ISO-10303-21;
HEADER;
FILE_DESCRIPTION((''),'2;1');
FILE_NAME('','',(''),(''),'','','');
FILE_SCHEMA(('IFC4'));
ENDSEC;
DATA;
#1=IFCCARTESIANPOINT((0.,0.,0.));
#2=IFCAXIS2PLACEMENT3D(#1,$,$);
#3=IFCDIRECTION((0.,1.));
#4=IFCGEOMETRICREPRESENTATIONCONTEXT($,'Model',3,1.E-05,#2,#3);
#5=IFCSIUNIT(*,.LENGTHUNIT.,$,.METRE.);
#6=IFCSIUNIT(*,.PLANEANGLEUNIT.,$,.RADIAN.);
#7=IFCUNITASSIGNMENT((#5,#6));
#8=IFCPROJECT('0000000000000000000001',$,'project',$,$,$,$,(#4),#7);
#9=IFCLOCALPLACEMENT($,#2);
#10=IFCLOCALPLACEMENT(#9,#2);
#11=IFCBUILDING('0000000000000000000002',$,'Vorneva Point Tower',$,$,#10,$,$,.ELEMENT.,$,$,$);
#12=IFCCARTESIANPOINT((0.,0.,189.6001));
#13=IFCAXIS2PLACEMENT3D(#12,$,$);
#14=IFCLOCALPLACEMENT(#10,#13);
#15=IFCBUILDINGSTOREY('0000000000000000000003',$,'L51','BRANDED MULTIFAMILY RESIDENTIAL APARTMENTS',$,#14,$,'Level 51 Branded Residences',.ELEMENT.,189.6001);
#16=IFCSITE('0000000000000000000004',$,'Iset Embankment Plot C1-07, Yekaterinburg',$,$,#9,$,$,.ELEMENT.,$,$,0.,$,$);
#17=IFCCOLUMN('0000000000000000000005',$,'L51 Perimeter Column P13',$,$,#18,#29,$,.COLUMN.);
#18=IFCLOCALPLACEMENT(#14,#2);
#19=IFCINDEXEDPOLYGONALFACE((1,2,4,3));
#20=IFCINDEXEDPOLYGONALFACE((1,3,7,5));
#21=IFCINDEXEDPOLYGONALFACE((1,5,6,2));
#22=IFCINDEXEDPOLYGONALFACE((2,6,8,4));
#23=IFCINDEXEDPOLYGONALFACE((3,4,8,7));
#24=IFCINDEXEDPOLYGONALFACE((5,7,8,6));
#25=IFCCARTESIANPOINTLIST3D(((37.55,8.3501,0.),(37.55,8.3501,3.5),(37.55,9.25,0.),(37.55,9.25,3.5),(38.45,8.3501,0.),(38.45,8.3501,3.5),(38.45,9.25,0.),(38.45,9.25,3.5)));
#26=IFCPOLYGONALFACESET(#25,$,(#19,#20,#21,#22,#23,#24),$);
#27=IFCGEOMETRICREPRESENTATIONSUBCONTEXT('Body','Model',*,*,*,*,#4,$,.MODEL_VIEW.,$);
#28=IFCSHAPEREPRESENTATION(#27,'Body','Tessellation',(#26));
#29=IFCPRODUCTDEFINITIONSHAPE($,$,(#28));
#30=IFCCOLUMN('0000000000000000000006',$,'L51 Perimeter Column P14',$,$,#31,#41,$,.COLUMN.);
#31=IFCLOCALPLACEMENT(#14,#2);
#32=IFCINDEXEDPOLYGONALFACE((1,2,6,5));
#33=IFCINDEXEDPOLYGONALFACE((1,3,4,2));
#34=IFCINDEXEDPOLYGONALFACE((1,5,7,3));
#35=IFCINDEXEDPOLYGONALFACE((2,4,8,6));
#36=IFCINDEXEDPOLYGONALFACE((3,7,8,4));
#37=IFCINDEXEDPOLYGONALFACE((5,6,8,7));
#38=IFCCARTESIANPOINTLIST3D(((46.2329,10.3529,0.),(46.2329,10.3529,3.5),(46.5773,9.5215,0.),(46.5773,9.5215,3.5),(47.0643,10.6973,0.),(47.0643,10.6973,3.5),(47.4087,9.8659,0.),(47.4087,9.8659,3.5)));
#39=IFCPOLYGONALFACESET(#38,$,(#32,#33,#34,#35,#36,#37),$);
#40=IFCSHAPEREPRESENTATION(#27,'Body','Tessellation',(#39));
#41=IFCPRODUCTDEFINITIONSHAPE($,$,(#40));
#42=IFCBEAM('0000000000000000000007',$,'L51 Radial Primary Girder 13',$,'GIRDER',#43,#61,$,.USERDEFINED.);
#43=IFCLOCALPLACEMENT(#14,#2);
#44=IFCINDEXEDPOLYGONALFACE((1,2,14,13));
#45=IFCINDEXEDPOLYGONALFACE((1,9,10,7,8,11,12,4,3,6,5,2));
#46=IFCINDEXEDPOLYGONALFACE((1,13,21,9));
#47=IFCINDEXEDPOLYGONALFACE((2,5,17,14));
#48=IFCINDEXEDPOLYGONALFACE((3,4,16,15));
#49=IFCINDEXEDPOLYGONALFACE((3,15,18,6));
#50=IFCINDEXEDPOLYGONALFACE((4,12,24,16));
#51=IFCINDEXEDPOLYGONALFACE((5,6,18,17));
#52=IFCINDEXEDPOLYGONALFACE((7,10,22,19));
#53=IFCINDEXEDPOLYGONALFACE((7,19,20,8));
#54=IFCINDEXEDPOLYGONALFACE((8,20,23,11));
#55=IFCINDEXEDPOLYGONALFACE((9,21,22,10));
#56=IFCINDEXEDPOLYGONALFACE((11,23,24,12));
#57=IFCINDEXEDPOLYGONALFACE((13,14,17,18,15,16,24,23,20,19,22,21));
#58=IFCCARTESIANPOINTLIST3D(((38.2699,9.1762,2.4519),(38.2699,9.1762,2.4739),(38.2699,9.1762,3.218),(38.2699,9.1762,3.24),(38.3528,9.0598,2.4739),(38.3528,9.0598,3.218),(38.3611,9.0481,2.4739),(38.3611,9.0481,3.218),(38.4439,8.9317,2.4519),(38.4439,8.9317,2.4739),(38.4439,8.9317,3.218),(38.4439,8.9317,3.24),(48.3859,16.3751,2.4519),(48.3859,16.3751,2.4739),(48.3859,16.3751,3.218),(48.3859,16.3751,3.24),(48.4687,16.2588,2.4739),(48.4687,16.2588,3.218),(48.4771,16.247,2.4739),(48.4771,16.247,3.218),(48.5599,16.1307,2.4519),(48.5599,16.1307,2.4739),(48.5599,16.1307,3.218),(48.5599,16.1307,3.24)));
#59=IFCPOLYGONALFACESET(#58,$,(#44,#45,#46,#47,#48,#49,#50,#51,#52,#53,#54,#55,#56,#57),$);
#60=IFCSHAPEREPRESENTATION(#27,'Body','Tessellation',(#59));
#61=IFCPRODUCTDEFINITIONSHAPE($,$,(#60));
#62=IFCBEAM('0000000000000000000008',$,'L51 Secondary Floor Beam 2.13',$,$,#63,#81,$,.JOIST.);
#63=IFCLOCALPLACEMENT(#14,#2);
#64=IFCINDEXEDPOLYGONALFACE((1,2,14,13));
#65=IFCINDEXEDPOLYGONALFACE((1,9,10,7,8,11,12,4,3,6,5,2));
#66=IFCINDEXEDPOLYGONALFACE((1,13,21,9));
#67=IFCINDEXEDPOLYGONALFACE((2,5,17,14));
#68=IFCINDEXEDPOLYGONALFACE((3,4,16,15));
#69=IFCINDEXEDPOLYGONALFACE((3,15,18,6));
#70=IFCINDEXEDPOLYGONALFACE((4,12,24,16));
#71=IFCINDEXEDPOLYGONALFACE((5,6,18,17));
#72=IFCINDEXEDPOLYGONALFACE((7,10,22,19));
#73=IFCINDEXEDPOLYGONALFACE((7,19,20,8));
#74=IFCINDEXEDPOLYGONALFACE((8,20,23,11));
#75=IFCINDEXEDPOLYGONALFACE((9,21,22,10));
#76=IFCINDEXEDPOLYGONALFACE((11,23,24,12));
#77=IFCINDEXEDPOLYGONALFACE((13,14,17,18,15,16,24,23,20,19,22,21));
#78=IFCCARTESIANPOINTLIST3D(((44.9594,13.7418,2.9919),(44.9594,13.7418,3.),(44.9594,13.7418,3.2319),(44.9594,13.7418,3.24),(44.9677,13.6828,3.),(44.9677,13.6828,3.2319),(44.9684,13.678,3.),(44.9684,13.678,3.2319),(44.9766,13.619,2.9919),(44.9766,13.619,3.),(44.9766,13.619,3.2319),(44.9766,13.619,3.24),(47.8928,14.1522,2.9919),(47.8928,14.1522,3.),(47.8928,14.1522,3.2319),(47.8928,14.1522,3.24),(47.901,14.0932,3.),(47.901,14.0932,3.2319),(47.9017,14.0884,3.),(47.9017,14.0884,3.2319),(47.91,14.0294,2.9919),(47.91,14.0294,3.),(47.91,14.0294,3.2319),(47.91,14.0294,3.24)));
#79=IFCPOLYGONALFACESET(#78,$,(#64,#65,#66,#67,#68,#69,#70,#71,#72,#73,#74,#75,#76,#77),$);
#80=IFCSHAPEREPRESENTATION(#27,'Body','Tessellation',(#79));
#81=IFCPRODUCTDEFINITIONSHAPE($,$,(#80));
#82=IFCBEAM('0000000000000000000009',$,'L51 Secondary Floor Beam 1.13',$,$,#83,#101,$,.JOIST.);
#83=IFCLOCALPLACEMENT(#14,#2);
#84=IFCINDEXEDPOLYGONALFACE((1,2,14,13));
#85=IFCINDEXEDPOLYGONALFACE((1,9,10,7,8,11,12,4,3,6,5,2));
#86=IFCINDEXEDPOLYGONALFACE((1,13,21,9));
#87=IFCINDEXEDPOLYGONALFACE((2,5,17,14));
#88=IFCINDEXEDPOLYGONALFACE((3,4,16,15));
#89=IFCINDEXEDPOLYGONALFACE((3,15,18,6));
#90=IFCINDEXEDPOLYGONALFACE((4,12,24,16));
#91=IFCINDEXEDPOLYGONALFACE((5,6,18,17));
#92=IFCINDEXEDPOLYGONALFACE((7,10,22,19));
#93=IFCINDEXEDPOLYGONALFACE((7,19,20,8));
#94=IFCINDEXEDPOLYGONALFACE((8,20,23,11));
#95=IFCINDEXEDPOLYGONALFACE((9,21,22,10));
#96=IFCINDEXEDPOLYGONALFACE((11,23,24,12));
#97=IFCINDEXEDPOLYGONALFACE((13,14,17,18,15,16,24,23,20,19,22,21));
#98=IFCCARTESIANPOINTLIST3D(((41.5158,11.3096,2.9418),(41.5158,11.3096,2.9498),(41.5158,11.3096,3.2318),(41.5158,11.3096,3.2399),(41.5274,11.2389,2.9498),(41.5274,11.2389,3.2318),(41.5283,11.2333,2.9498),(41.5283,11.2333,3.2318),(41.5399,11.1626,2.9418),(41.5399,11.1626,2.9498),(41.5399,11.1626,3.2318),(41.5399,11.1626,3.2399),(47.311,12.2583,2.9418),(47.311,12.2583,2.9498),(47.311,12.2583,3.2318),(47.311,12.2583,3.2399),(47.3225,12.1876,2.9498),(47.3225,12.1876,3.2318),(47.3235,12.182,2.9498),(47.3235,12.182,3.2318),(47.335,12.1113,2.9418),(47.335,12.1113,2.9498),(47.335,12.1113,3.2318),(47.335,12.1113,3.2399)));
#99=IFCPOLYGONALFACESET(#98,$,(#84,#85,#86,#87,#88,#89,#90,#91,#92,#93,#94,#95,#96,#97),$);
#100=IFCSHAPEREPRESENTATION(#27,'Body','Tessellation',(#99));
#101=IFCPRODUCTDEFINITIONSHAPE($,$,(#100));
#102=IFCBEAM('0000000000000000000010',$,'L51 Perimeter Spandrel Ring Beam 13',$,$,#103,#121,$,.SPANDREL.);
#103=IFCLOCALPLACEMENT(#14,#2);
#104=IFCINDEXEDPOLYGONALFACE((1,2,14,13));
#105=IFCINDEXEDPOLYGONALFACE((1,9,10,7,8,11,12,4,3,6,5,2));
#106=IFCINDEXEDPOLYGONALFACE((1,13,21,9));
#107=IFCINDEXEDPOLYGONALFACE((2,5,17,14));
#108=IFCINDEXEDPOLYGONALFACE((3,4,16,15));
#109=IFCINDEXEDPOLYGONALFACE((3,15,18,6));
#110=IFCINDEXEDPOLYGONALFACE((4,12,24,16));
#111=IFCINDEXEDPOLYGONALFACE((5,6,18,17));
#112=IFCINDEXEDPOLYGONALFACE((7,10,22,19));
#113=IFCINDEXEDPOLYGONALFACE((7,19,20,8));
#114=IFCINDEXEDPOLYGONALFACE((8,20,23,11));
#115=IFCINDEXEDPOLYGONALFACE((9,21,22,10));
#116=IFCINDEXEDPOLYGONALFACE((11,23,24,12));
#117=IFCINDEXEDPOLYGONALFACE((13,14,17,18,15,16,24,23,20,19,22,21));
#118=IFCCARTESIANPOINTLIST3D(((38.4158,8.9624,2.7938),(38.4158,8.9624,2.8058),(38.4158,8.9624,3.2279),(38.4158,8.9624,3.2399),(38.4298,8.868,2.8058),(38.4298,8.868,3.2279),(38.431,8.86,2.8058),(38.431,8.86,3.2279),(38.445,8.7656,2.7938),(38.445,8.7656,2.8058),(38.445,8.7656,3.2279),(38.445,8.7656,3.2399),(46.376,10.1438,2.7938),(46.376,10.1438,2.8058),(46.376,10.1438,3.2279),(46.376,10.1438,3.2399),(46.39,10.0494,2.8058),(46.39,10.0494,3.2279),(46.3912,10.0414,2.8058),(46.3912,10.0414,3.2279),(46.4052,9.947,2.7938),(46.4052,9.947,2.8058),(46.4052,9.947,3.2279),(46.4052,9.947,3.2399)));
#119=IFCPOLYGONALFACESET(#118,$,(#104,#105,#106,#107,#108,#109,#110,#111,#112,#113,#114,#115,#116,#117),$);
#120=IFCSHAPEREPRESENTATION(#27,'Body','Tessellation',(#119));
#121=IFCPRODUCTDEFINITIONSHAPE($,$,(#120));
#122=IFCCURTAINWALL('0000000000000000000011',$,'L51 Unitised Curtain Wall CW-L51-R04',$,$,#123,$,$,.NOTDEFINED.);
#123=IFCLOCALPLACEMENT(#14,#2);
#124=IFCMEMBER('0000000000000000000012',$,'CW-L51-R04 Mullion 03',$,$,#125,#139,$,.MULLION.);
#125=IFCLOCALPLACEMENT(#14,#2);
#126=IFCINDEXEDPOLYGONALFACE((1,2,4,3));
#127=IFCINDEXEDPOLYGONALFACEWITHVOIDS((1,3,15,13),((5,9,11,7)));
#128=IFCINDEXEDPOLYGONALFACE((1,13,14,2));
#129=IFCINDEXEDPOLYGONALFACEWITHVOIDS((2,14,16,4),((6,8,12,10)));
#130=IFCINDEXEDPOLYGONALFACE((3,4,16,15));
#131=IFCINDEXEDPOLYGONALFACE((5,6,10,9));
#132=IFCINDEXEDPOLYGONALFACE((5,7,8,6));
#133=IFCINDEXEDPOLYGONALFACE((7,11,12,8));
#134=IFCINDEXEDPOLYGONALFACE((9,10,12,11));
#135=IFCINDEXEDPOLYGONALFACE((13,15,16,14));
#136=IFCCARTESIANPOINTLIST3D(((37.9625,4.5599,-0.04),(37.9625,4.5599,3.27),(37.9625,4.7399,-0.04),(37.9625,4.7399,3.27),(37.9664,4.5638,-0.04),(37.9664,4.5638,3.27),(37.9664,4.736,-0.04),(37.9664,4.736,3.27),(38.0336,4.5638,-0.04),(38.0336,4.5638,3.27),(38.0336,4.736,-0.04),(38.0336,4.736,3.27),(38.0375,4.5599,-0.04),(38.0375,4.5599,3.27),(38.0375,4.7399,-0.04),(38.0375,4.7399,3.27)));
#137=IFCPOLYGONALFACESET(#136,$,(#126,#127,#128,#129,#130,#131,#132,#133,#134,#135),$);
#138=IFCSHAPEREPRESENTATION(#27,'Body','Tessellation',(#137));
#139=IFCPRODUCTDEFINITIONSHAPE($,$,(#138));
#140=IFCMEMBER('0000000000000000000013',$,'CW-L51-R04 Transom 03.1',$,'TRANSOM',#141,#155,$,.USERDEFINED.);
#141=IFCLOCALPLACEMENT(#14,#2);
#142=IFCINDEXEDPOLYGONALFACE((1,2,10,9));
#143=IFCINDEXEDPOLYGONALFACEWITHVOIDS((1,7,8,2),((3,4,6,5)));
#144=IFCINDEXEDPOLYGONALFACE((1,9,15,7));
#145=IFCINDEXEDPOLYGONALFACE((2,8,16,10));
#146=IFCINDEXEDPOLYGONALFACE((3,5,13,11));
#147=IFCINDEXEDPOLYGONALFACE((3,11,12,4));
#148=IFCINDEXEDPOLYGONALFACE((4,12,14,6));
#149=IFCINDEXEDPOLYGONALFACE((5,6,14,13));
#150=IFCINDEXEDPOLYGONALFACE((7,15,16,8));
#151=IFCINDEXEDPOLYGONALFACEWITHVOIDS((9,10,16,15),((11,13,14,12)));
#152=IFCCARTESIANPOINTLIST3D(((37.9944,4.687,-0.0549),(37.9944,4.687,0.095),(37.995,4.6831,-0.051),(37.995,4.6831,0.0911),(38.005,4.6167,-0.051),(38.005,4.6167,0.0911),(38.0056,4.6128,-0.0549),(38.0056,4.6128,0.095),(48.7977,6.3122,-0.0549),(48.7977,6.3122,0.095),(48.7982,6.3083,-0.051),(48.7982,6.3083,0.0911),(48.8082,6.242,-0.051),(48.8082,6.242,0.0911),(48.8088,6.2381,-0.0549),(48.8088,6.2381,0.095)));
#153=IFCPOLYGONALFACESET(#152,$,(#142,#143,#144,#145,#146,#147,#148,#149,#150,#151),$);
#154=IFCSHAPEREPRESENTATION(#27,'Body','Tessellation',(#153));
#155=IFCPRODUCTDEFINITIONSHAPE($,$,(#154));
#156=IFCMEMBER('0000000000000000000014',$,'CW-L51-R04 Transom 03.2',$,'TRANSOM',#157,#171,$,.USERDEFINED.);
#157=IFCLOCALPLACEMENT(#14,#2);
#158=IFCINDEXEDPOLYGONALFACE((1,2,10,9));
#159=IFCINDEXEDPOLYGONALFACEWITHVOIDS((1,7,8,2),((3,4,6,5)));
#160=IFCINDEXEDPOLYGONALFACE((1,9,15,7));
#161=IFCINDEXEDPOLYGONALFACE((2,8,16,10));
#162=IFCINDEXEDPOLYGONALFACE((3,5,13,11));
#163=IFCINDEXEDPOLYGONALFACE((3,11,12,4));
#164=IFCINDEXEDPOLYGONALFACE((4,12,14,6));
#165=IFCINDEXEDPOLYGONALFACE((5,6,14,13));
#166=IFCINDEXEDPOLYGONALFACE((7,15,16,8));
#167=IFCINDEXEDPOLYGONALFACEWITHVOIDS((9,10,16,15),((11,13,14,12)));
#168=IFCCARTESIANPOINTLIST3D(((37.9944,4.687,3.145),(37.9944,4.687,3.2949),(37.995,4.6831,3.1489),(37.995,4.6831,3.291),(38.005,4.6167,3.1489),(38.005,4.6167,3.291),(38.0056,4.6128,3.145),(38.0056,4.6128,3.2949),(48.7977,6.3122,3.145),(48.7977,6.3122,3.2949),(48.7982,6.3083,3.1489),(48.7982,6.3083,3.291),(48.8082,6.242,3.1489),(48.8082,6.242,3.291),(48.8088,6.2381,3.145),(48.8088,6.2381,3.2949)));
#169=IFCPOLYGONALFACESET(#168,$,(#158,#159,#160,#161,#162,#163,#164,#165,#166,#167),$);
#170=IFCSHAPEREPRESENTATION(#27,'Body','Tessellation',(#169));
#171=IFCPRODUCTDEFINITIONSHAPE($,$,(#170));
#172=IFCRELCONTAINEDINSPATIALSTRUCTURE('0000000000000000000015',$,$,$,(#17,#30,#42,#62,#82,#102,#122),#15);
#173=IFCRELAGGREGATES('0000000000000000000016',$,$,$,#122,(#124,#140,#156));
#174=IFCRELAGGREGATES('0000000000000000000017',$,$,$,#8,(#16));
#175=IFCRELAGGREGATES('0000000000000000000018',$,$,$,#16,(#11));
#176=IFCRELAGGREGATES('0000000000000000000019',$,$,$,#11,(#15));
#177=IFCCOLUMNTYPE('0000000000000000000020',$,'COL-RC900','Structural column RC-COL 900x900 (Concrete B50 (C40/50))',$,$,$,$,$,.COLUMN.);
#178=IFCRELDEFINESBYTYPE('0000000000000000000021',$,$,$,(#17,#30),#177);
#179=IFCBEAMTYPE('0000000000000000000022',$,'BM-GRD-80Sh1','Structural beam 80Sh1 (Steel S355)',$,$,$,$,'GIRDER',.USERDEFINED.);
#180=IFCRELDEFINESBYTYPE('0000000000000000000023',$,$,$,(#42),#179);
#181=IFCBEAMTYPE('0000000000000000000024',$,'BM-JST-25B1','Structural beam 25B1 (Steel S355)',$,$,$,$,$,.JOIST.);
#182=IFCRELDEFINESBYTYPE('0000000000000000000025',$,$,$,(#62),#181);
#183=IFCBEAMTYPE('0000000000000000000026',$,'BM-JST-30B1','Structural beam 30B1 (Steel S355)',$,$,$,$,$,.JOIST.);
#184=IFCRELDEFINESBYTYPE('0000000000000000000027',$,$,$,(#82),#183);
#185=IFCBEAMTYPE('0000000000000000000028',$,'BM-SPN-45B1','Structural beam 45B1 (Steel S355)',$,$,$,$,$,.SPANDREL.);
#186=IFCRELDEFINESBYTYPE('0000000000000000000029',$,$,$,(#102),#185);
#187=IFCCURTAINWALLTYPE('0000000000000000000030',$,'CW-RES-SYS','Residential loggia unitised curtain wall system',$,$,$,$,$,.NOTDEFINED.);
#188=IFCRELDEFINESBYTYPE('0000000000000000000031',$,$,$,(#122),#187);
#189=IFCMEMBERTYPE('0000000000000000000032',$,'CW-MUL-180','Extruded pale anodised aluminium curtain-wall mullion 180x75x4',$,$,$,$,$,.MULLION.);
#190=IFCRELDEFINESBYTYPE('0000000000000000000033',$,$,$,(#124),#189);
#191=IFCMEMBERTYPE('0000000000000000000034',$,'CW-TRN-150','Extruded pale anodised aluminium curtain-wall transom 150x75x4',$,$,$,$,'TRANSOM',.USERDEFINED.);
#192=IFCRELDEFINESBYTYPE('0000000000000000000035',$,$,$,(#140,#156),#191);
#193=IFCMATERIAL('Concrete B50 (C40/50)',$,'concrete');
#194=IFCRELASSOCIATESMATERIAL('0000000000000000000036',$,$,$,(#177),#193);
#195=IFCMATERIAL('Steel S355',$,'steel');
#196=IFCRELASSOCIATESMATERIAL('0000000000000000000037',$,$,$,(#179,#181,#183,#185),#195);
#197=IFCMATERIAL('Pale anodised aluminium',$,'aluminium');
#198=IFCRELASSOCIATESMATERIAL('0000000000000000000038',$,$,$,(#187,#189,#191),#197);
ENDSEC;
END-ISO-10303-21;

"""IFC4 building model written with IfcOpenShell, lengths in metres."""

from ifc_helpers import new_model, si_unit, direction, frame, origin, origin_2d, place, context, subcontext, project, spatial, rectangle, hollow_rectangle, i_section, extrude, material, material_profile, profile_set, type_object, element, aggregate, save


model = new_model("IFC4")

# Units and contexts
model_context = context("Model", 3, precision=1e-05, world=origin(), true_north=direction((0.0, 1.0)))
body_context = subcontext(model_context, "Body", "Model", "MODEL_VIEW")
ifc_project = project(units=[si_unit("LENGTHUNIT", "METRE"), si_unit("PLANEANGLEUNIT", "RADIAN")], contexts=[model_context])

# Site, building, storey
site_placement = place(None, origin())
site = spatial("IfcSite", under=ifc_project, at=site_placement, Name="Iset Embankment Plot C1-07, Yekaterinburg", CompositionType="ELEMENT", RefElevation=0.0)
building_placement = place(site_placement, origin())
building = spatial("IfcBuilding", under=site, at=building_placement, Name="Vorneva Point Tower", CompositionType="ELEMENT")
storey_placement = place(building_placement, frame((0.0, 0.0, 189.6001)))
storey = spatial("IfcBuildingStorey", under=building, at=storey_placement, Name="L51", Description="BRANDED MULTIFAMILY RESIDENTIAL APARTMENTS", LongName="Level 51 Branded Residences", CompositionType="ELEMENT", Elevation=189.6001)

# Columns
ifc_material_1 = material(Name="Concrete B50 (C40/50)", Category="concrete")
ifc_material_profile_1 = material_profile(ifc_material_1, rectangle(XDim=0.8999, YDim=0.8999, at=origin_2d()), Name="RC-COL 900x900")
ifc_profile_set_1 = profile_set([ifc_material_profile_1], Name="Concrete B50 (C40/50)")
column_type = type_object("IfcColumnType", Name="COL-RC900", Description="Structural column RC-COL 900x900 (Concrete B50 (C40/50))", PredefinedType="COLUMN", material=ifc_profile_set_1)
for number, where, z_axis, x_axis, name in (
    (1, (38.0, 8.8, 0.0), (0.0, 0.0, 1.0), (0.0, -1.0, 0.0), "L51 Perimeter Column P13"),
    (2, (46.8208, 10.1094, 0.0), (0.0, 0.0, 1.0), (0.382683, -0.92388, 0.0), "L51 Perimeter Column P14"),
):
    element("IfcColumn", number, at=place(storey_placement, frame(where, z_axis=z_axis, x_axis=x_axis)), inside=storey, type_object=column_type, Name=name, PredefinedType="COLUMN", context=body_context, shape_type="SweptSolid", body=[
        extrude(rectangle(XDim=0.8999, YDim=0.8999, at=origin_2d()), origin(), (0.0, 0.0, 1.0), 3.5),
    ])

# Beams
ifc_material_2 = material(Name="Steel S355", Category="steel")
ifc_material_profile_2 = material_profile(ifc_material_2, i_section(OverallWidth=0.3, OverallDepth=0.7881, WebThickness=0.0144, FlangeThickness=0.022, at=origin_2d()), Name="80Sh1")
ifc_profile_set_2 = profile_set([ifc_material_profile_2], Name="Steel S355")
beam_type_1 = type_object("IfcBeamType", Name="BM-GRD-80Sh1", Description="Structural beam 80Sh1 (Steel S355)", ElementType="GIRDER", PredefinedType="USERDEFINED", material=ifc_profile_set_2)
beam_1_placement = place(storey_placement, frame((38.3569, 9.054, 2.8459), z_axis=(0.81475, 0.579813, 0.0), x_axis=(-0.579813, 0.81475, 0.0)))
element("IfcBeam", 3, at=beam_1_placement, inside=storey, type_object=beam_type_1, Name="L51 Radial Primary Girder 13", ObjectType="GIRDER", PredefinedType="USERDEFINED", context=body_context, shape_type="SweptSolid", body=[
    extrude(i_section(OverallWidth=0.3, OverallDepth=0.7881, WebThickness=0.0144, FlangeThickness=0.022, at=origin_2d()), origin(), (0.0, 0.0, 1.0), 12.416),
])
ifc_material_profile_3 = material_profile(ifc_material_2, i_section(OverallWidth=0.124, OverallDepth=0.248, WebThickness=0.0049, FlangeThickness=0.0081, at=origin_2d()), Name="25B1")
ifc_profile_set_3 = profile_set([ifc_material_profile_3], Name="Steel S355")
beam_type_2 = type_object("IfcBeamType", Name="BM-JST-25B1", Description="Structural beam 25B1 (Steel S355)", PredefinedType="JOIST", material=ifc_profile_set_3)
beam_2_placement = place(storey_placement, frame((44.968, 13.6804, 3.116), z_axis=(0.990354, 0.138559, 0.0), x_axis=(-0.138559, 0.990354, 0.0)))
element("IfcBeam", 4, at=beam_2_placement, inside=storey, type_object=beam_type_2, Name="L51 Secondary Floor Beam 2.13", PredefinedType="JOIST", context=body_context, shape_type="SweptSolid", body=[
    extrude(i_section(OverallWidth=0.124, OverallDepth=0.248, WebThickness=0.0049, FlangeThickness=0.0081, at=origin_2d()), origin(), (0.0, 0.0, 1.0), 2.9619),
])
ifc_material_profile_4 = material_profile(ifc_material_2, i_section(OverallWidth=0.1489, OverallDepth=0.2981, WebThickness=0.0056, FlangeThickness=0.0081, at=origin_2d()), Name="30B1")
ifc_profile_set_4 = profile_set([ifc_material_profile_4], Name="Steel S355")
beam_type_3 = type_object("IfcBeamType", Name="BM-JST-30B1", Description="Structural beam 30B1 (Steel S355)", PredefinedType="JOIST", material=ifc_profile_set_4)
beam_3_placement = place(storey_placement, frame((41.5278, 11.2361, 3.0908), z_axis=(0.986863, 0.16156, 0.0), x_axis=(-0.16156, 0.986863, 0.0)))
element("IfcBeam", 5, at=beam_3_placement, inside=storey, type_object=beam_type_3, Name="L51 Secondary Floor Beam 1.13", PredefinedType="JOIST", context=body_context, shape_type="SweptSolid", body=[
    extrude(i_section(OverallWidth=0.1489, OverallDepth=0.2981, WebThickness=0.0056, FlangeThickness=0.0081, at=origin_2d()), origin(), (0.0, 0.0, 1.0), 5.8723),
])
ifc_material_profile_5 = material_profile(ifc_material_2, i_section(OverallWidth=0.199, OverallDepth=0.446, WebThickness=0.0081, FlangeThickness=0.012, at=origin_2d()), Name="45B1")
ifc_profile_set_5 = profile_set([ifc_material_profile_5], Name="Steel S355")
beam_type_4 = type_object("IfcBeamType", Name="BM-SPN-45B1", Description="Structural beam 45B1 (Steel S355)", PredefinedType="SPANDREL", material=ifc_profile_set_5)
beam_4_placement = place(storey_placement, frame((38.4304, 8.864, 3.0168), z_axis=(0.989165, 0.146805, 0.0), x_axis=(-0.146805, 0.989165, 0.0)))
element("IfcBeam", 6, at=beam_4_placement, inside=storey, type_object=beam_type_4, Name="L51 Perimeter Spandrel Ring Beam 13", PredefinedType="SPANDREL", context=body_context, shape_type="SweptSolid", body=[
    extrude(i_section(OverallWidth=0.199, OverallDepth=0.446, WebThickness=0.0081, FlangeThickness=0.012, at=origin_2d()), origin(), (0.0, 0.0, 1.0), 8.0474),
])

# Curtain wall, members
ifc_material_3 = material(Name="Pale anodised aluminium", Category="aluminium")
curtain_wall_type = type_object("IfcCurtainWallType", Name="CW-RES-SYS", Description="Residential loggia unitised curtain wall system", PredefinedType="NOTDEFINED", material=ifc_material_3)
curtain_wall_placement = place(storey_placement, origin())
curtain_wall = element("IfcCurtainWall", 7, at=curtain_wall_placement, inside=storey, type_object=curtain_wall_type, Name="L51 Unitised Curtain Wall CW-L51-R04", PredefinedType="NOTDEFINED")
ifc_material_profile_6 = material_profile(ifc_material_3, hollow_rectangle(XDim=0.075, YDim=0.1799, WallThickness=0.0039, at=origin_2d()), Name="AL-MUL 180x75x4")
ifc_profile_set_6 = profile_set([ifc_material_profile_6], Name="Pale anodised aluminium")
member_type_1 = type_object("IfcMemberType", Name="CW-MUL-180", Description="Extruded pale anodised aluminium curtain-wall mullion 180x75x4", PredefinedType="MULLION", material=ifc_profile_set_6)
member_1_placement = place(storey_placement, frame((38.0, 4.6499, -0.04), z_axis=(0.0, 0.0, 1.0), x_axis=(1.0, 0.0, 0.0)))
member_1 = element("IfcMember", 8, at=member_1_placement, type_object=member_type_1, Name="CW-L51-R04 Mullion 03", PredefinedType="MULLION", context=body_context, shape_type="SweptSolid", body=[
    extrude(hollow_rectangle(XDim=0.075, YDim=0.1799, WallThickness=0.0039, at=origin_2d()), origin(), (0.0, 0.0, 1.0), 3.3101),
])
ifc_material_profile_7 = material_profile(ifc_material_3, hollow_rectangle(XDim=0.075, YDim=0.1499, WallThickness=0.0039, at=origin_2d()), Name="AL-TRN 150x75x4")
ifc_profile_set_7 = profile_set([ifc_material_profile_7], Name="Pale anodised aluminium")
member_type_2 = type_object("IfcMemberType", Name="CW-TRN-150", Description="Extruded pale anodised aluminium curtain-wall transom 150x75x4", ElementType="TRANSOM", PredefinedType="USERDEFINED", material=ifc_profile_set_7)
member_2_placement = place(storey_placement, frame((38.0, 4.6499, 0.02), z_axis=(0.988872, 0.148767, 0.0), x_axis=(-0.148767, 0.988872, 0.0)))
member_2 = element("IfcMember", 9, at=member_2_placement, type_object=member_type_2, Name="CW-L51-R04 Transom 03.1", ObjectType="TRANSOM", PredefinedType="USERDEFINED", context=body_context, shape_type="SweptSolid", body=[
    extrude(hollow_rectangle(XDim=0.075, YDim=0.1499, WallThickness=0.0039, at=origin_2d()), origin(), (0.0, 0.0, 1.0), 10.9248),
])
member_3_placement = place(storey_placement, frame((38.0, 4.6499, 3.22), z_axis=(0.988872, 0.148767, 0.0), x_axis=(-0.148767, 0.988872, 0.0)))
member_3 = element("IfcMember", 10, at=member_3_placement, type_object=member_type_2, Name="CW-L51-R04 Transom 03.2", ObjectType="TRANSOM", PredefinedType="USERDEFINED", context=body_context, shape_type="SweptSolid", body=[
    extrude(hollow_rectangle(XDim=0.075, YDim=0.1499, WallThickness=0.0039, at=origin_2d()), origin(), (0.0, 0.0, 1.0), 10.9248),
])
aggregate(curtain_wall, [member_1, member_2, member_3])

save(model, "model.ifc")
